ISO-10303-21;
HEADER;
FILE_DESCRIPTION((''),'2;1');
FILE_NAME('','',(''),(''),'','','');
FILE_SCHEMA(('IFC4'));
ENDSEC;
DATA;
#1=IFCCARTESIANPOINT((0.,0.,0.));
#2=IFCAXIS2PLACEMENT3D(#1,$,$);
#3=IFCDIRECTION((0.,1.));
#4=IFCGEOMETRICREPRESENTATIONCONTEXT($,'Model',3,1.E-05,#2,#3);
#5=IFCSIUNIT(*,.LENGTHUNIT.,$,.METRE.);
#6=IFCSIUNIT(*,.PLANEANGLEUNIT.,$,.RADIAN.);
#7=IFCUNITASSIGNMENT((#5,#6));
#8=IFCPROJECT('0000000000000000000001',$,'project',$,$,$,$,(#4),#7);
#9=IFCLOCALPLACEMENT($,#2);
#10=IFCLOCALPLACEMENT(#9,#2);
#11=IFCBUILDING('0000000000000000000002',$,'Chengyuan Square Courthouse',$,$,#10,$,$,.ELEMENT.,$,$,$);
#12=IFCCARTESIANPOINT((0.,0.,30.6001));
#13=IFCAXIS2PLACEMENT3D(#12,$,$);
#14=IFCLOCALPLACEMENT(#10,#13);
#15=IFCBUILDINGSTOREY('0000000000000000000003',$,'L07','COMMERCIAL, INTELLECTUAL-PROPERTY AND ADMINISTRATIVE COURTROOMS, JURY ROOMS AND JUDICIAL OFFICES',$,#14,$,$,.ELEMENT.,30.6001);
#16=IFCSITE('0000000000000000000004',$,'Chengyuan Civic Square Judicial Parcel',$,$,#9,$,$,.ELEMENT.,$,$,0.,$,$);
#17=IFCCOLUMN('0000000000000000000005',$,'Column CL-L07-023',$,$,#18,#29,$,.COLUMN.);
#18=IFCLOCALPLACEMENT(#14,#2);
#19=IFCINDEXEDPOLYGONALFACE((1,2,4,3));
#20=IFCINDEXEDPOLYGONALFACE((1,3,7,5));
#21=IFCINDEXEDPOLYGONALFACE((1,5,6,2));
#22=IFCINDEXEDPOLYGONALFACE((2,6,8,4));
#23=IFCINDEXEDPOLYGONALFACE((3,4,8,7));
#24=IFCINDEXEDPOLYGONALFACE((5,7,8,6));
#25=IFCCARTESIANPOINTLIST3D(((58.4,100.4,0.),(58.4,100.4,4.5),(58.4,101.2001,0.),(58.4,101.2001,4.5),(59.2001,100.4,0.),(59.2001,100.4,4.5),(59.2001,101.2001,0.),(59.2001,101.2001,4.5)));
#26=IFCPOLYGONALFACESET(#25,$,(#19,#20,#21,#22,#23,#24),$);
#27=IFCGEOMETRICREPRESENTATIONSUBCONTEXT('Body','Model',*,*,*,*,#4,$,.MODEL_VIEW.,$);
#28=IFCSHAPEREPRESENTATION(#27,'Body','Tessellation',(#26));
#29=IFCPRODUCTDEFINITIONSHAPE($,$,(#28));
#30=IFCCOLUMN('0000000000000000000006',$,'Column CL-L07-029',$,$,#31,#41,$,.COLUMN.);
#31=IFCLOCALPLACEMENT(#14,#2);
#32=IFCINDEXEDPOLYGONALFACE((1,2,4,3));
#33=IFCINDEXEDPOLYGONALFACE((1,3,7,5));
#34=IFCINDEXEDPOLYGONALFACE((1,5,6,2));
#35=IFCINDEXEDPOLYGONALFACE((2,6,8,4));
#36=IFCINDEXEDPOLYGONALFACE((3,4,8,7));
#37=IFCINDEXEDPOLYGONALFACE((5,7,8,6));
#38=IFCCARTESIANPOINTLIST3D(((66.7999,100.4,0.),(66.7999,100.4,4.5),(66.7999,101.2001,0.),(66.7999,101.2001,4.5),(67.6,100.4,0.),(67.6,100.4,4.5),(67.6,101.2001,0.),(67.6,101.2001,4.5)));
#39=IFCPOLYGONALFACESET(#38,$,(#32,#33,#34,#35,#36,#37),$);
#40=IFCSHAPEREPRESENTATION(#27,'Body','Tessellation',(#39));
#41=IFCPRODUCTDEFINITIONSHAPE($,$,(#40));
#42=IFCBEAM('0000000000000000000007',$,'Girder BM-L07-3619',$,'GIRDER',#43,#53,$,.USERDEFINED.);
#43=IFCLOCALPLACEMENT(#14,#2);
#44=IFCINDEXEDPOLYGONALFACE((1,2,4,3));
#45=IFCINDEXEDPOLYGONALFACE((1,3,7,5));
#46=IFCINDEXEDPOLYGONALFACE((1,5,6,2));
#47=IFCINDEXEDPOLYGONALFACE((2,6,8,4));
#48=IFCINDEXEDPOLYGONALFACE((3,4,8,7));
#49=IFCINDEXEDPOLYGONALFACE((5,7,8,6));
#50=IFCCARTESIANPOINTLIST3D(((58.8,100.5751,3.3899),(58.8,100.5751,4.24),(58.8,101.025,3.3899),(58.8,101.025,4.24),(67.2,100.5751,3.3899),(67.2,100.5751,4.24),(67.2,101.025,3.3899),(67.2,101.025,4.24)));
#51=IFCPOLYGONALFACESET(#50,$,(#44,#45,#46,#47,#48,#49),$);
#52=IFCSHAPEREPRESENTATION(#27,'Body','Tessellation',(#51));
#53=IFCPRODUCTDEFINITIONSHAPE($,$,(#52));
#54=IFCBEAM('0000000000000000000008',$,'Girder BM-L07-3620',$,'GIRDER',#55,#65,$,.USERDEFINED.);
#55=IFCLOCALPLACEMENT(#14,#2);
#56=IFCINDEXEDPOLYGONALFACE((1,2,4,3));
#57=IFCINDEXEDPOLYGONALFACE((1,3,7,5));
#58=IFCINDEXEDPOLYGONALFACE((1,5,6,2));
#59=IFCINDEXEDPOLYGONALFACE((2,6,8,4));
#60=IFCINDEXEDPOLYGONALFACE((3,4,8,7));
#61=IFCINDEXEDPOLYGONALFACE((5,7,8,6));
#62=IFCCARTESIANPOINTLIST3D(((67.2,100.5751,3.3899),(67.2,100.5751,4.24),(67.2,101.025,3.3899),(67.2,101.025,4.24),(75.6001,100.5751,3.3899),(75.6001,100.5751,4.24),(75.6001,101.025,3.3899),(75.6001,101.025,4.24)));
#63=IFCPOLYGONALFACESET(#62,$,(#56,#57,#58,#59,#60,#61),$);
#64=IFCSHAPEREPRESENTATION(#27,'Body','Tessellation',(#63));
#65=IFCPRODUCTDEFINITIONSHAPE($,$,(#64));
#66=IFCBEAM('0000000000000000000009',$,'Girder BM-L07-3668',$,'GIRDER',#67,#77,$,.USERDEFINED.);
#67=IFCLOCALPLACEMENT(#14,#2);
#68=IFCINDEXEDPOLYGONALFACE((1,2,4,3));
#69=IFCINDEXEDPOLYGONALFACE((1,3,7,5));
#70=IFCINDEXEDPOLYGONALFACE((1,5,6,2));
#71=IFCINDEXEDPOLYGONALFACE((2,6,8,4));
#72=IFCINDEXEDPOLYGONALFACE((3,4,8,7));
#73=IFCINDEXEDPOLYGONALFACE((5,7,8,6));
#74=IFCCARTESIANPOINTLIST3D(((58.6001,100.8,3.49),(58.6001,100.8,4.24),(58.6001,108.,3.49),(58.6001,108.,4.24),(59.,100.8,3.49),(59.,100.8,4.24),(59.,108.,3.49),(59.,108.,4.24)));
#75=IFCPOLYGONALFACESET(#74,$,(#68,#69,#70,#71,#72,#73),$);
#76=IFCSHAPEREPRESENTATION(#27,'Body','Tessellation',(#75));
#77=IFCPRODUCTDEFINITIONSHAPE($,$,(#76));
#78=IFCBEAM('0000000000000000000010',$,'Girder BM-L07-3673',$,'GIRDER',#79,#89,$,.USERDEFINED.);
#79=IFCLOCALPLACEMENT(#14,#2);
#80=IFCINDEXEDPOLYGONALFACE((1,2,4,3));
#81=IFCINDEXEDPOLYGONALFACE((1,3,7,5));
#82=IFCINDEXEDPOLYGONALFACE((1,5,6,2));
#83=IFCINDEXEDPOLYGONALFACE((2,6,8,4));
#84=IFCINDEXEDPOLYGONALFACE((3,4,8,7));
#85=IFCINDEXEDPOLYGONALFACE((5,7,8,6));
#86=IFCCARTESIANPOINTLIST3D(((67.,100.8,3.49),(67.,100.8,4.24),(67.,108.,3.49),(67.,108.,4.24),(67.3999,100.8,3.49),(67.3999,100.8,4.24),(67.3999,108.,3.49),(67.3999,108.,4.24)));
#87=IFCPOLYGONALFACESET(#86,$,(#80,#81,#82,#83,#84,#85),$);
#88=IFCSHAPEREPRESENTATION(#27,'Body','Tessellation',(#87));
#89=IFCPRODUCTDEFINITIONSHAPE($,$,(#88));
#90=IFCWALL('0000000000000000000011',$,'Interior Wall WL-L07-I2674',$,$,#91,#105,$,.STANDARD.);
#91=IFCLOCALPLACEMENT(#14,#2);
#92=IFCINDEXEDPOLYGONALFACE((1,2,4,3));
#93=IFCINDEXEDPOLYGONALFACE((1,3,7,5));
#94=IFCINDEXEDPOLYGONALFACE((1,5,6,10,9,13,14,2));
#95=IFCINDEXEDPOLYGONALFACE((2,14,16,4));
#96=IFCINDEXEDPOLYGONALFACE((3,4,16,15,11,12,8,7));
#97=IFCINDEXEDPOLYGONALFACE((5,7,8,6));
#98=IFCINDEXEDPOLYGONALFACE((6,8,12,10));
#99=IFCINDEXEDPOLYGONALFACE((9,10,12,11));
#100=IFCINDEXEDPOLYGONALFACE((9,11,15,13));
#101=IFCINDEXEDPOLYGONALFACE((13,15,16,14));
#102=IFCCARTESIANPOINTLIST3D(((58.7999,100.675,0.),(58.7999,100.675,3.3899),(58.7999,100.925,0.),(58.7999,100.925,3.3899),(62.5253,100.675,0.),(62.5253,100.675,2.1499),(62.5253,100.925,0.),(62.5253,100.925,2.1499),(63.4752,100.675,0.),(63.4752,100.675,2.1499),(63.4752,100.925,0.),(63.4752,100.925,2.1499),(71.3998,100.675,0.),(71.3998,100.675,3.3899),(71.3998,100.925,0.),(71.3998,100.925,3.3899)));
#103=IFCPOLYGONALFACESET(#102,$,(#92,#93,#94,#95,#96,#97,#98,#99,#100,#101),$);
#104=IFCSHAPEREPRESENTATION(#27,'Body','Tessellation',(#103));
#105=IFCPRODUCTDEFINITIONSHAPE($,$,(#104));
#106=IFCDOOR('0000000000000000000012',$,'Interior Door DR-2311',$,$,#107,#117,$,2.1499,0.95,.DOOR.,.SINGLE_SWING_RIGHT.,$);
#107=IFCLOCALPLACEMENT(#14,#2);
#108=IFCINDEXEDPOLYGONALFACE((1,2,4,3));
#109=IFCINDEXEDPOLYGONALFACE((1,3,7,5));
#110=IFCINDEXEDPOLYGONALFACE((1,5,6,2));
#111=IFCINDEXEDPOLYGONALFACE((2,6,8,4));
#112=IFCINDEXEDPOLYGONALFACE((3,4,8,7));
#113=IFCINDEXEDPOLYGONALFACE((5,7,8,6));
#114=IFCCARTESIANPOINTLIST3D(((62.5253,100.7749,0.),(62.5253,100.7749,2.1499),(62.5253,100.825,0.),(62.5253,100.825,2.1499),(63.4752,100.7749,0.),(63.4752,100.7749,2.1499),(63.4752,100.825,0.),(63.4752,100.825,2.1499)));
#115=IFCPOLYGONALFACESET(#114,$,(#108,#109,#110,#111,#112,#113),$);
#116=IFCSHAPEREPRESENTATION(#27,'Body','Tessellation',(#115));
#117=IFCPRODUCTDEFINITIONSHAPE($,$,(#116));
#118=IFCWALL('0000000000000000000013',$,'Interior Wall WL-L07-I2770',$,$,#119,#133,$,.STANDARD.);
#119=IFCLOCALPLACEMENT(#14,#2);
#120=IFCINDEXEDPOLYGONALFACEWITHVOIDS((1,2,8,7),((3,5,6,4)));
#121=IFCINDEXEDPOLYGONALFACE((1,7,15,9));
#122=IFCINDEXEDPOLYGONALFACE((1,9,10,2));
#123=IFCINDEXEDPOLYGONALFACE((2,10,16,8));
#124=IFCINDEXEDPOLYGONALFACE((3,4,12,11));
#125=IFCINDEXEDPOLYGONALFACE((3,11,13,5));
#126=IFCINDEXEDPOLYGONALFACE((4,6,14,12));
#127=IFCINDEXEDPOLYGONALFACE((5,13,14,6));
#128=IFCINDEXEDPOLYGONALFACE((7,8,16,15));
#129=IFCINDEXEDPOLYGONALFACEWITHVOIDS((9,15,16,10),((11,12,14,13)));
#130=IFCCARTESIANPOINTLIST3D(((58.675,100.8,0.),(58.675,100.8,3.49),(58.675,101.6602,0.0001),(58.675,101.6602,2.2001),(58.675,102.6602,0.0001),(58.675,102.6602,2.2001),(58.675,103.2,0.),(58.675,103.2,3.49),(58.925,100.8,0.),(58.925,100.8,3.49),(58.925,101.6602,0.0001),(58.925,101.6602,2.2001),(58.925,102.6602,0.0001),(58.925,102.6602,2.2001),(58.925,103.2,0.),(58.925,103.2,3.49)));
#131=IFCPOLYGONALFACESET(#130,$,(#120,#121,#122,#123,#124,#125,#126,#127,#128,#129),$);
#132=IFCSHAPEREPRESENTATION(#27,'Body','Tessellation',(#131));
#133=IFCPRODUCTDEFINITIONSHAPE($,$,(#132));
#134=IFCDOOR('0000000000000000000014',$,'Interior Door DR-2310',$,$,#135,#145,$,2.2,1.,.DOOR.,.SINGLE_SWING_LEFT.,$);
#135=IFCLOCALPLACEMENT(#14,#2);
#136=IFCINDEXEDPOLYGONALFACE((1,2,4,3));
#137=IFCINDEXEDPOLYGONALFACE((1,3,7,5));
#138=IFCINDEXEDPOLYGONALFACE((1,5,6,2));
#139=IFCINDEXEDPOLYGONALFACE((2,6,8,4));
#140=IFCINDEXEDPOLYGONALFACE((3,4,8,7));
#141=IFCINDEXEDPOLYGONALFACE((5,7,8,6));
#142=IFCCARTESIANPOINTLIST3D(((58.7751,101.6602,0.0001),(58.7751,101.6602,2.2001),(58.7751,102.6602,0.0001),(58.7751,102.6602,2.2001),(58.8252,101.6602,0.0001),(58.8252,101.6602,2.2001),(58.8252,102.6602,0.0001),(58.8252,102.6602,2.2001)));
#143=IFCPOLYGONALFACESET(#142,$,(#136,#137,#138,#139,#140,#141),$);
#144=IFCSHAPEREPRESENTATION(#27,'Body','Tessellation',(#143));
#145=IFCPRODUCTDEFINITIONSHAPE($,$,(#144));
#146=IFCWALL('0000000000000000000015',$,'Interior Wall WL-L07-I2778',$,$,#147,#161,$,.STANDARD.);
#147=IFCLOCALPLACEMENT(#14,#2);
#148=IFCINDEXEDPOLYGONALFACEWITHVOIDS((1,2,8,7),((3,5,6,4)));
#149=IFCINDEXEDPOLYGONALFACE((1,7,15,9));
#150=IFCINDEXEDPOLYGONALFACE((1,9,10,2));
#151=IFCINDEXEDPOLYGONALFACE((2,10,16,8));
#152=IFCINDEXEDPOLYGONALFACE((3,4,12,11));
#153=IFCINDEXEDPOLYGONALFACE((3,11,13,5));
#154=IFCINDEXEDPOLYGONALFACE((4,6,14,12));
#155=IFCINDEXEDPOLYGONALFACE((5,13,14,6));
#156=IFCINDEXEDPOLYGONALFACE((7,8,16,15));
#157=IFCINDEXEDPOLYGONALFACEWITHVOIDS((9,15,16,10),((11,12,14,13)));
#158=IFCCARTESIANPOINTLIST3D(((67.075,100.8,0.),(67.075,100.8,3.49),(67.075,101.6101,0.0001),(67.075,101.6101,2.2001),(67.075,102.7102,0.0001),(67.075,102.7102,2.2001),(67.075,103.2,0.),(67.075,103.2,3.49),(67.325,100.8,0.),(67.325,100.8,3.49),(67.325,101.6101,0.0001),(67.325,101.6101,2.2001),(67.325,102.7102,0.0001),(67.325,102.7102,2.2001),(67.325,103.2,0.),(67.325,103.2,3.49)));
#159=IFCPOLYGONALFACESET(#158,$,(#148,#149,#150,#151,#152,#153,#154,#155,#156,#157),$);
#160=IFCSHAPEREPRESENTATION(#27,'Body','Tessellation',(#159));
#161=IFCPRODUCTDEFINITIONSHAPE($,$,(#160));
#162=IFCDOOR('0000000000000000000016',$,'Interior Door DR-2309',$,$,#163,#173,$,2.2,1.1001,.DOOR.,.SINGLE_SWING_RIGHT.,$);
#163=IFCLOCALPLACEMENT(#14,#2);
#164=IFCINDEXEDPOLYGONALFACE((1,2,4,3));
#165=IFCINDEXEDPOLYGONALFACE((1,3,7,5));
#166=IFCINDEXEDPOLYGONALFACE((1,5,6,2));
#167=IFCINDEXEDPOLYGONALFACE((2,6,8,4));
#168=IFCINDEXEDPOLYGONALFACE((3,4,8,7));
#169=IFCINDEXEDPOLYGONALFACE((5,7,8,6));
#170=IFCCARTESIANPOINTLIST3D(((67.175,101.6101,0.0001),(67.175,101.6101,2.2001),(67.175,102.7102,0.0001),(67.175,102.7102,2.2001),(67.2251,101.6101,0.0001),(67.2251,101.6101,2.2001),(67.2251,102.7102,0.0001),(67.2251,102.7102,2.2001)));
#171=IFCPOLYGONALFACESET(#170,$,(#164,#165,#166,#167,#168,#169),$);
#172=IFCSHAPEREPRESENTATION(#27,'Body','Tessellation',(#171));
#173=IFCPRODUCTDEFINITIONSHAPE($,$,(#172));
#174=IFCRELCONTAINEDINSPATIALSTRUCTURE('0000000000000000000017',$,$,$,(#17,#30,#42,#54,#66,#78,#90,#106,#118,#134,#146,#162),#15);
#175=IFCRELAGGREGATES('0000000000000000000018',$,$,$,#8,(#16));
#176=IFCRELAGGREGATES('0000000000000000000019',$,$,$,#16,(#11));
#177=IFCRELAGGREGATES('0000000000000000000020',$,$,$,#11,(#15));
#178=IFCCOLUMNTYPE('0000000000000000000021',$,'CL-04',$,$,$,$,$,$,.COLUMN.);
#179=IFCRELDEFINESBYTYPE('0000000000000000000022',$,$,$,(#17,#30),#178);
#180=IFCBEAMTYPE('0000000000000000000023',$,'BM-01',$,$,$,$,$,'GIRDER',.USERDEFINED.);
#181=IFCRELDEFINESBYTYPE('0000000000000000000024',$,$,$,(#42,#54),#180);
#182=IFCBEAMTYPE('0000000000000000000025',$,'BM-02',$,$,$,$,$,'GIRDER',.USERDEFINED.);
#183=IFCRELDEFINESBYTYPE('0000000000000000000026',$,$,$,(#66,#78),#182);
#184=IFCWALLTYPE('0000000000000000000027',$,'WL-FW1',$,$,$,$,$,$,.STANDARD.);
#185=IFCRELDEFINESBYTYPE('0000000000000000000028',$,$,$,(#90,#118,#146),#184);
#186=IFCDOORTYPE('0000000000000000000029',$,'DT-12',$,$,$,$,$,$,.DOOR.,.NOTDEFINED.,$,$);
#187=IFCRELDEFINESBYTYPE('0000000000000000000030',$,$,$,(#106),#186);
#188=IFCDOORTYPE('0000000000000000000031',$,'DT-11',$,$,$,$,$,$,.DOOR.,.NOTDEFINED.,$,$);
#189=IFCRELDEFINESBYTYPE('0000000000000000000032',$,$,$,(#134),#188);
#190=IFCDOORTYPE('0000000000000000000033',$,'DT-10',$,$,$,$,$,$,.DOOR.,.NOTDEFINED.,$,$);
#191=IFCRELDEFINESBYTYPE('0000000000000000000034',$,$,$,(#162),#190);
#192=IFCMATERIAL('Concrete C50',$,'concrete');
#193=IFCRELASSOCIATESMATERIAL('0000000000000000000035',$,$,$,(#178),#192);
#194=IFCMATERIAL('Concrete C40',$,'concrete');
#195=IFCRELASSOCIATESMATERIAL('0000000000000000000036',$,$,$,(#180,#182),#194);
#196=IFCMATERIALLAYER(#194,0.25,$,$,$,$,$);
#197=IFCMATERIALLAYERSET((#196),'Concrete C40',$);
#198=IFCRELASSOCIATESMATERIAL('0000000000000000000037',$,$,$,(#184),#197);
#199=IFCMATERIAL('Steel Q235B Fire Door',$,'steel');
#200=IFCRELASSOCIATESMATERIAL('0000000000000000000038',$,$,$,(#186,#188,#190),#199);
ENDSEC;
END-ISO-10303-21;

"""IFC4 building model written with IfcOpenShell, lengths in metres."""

from ifc_helpers import new_model, si_unit, direction, frame, frame_2d, origin, origin_2d, place, context, subcontext, project, spatial, rectangle, extrude, material, layer, layer_set, material_profile, profile_set, type_object, element, fill, save


model = new_model("IFC4")

# Units and contexts
model_context = context("Model", 3, precision=1e-05, world=origin(), true_north=direction((0.0, 1.0)))
body_context = subcontext(model_context, "Body", "Model", "MODEL_VIEW")
ifc_project = project(units=[si_unit("LENGTHUNIT", "METRE"), si_unit("PLANEANGLEUNIT", "RADIAN")], contexts=[model_context])

# Site, building, storey
site_placement = place(None, origin())
site = spatial("IfcSite", under=ifc_project, at=site_placement, Name="Chengyuan Civic Square Judicial Parcel", CompositionType="ELEMENT", RefElevation=0.0)
building_placement = place(site_placement, origin())
building = spatial("IfcBuilding", under=site, at=building_placement, Name="Chengyuan Square Courthouse", CompositionType="ELEMENT")
storey_placement = place(building_placement, frame((0.0, 0.0, 30.6001)))
storey = spatial("IfcBuildingStorey", under=building, at=storey_placement, Name="L07", Description="COMMERCIAL, INTELLECTUAL-PROPERTY AND ADMINISTRATIVE COURTROOMS, JURY ROOMS AND JUDICIAL OFFICES", CompositionType="ELEMENT", Elevation=30.6001)

# Columns
ifc_material_1 = material(Name="Concrete C50", Category="concrete")
ifc_material_profile_1 = material_profile(ifc_material_1, rectangle(XDim=0.8, YDim=0.8, at=origin_2d()), Name="RC-COL-800x800")
ifc_profile_set_1 = profile_set([ifc_material_profile_1], Name="Concrete C50")
column_type = type_object("IfcColumnType", Name="CL-04", PredefinedType="COLUMN", material=ifc_profile_set_1)
for number, where, z_axis, x_axis, name in (
    (1, (58.8, 100.8, 0.0), (0.0, 0.0, 1.0), (1.0, 0.0, 0.0), "Column CL-L07-023"),
    (2, (67.2, 100.8, 0.0), (0.0, 0.0, 1.0), (1.0, 0.0, 0.0), "Column CL-L07-029"),
):
    element("IfcColumn", number, at=place(storey_placement, frame(where, z_axis=z_axis, x_axis=x_axis)), inside=storey, type_object=column_type, Name=name, PredefinedType="COLUMN", context=body_context, shape_type="SweptSolid", body=[
        extrude(rectangle(XDim=0.8, YDim=0.8, at=origin_2d()), origin(), (0.0, 0.0, 1.0), 4.5),
    ])

# Beams
ifc_material_2 = material(Name="Concrete C40", Category="concrete")
ifc_material_profile_2 = material_profile(ifc_material_2, rectangle(XDim=0.45, YDim=0.8501, at=origin_2d()), Name="RC-BM-450x850")
ifc_profile_set_2 = profile_set([ifc_material_profile_2], Name="Concrete C40")
beam_type_1 = type_object("IfcBeamType", Name="BM-01", ElementType="GIRDER", PredefinedType="USERDEFINED", material=ifc_profile_set_2)
beam_1_placement = place(storey_placement, frame((58.8, 100.8, 3.8149), z_axis=(1.0, 0.0, 0.0), x_axis=(0.0, 1.0, 0.0)))
element("IfcBeam", 3, at=beam_1_placement, inside=storey, type_object=beam_type_1, Name="Girder BM-L07-3619", ObjectType="GIRDER", PredefinedType="USERDEFINED", context=body_context, shape_type="SweptSolid", body=[
    extrude(rectangle(XDim=0.45, YDim=0.8501, at=origin_2d()), origin(), (0.0, 0.0, 1.0), 8.3999),
])
beam_2_placement = place(storey_placement, frame((67.2, 100.8, 3.8149), z_axis=(1.0, 0.0, 0.0), x_axis=(0.0, 1.0, 0.0)))
element("IfcBeam", 4, at=beam_2_placement, inside=storey, type_object=beam_type_1, Name="Girder BM-L07-3620", ObjectType="GIRDER", PredefinedType="USERDEFINED", context=body_context, shape_type="SweptSolid", body=[
    extrude(rectangle(XDim=0.45, YDim=0.8501, at=origin_2d()), origin(), (0.0, 0.0, 1.0), 8.4001),
])
ifc_material_profile_3 = material_profile(ifc_material_2, rectangle(XDim=0.3999, YDim=0.75, at=origin_2d()), Name="RC-BM-400x750")
ifc_profile_set_3 = profile_set([ifc_material_profile_3], Name="Concrete C40")
beam_type_2 = type_object("IfcBeamType", Name="BM-02", ElementType="GIRDER", PredefinedType="USERDEFINED", material=ifc_profile_set_3)
for number, where, z_axis, x_axis, name in (
    (5, (58.8, 100.8, 3.865), (0.0, 1.0, 0.0), (-1.0, 0.0, 0.0), "Girder BM-L07-3668"),
    (6, (67.2, 100.8, 3.865), (0.0, 1.0, 0.0), (-1.0, 0.0, 0.0), "Girder BM-L07-3673"),
):
    element("IfcBeam", number, at=place(storey_placement, frame(where, z_axis=z_axis, x_axis=x_axis)), inside=storey, type_object=beam_type_2, Name=name, ObjectType="GIRDER", PredefinedType="USERDEFINED", context=body_context, shape_type="SweptSolid", body=[
        extrude(rectangle(XDim=0.3999, YDim=0.75, at=origin_2d()), origin(), (0.0, 0.0, 1.0), 7.2),
    ])

# Walls, openings, doors
ifc_layer_1 = layer(ifc_material_2, 0.25)
ifc_layer_set_1 = layer_set([ifc_layer_1], Name="Concrete C40")
wall_type_1 = type_object("IfcWallType", Name="WL-FW1", PredefinedType="STANDARD", material=ifc_layer_set_1)
wall_1_placement = place(storey_placement, frame((58.8, 100.8, 0.0), z_axis=(0.0, 0.0, 1.0), x_axis=(1.0, 0.0, 0.0)))
wall_1 = element("IfcWall", 7, at=wall_1_placement, inside=storey, type_object=wall_type_1, Name="Interior Wall WL-L07-I2674", PredefinedType="STANDARD", context=body_context, shape_type="SweptSolid", body=[
    extrude(rectangle(XDim=12.5999, YDim=0.25, at=frame_2d((6.2998, 0.0))), origin(), (0.0, 0.0, 1.0), 3.3899),
])
opening_1_placement = place(wall_1_placement, frame((3.7251, 0.0, 0.0)))
opening_1 = element("IfcOpeningElement", 8, at=opening_1_placement, cuts=wall_1, PredefinedType="OPENING", context=body_context, shape_type="SweptSolid", body=[
    extrude(rectangle(XDim=0.95, YDim=2.1499, at=frame_2d((0.4751, 1.075))), frame((0.0, 0.137, 0.0), z_axis=(0.0, -1.0, 0.0), x_axis=(1.0, 0.0, 0.0)), (0.0, 0.0, 1.0), 0.2739),
])
ifc_material_3 = material(Name="Steel Q235B Fire Door", Category="steel")
door_type_1 = type_object("IfcDoorType", Name="DT-12", OperationType="NOTDEFINED", PredefinedType="DOOR", material=ifc_material_3)
door_1_placement = place(opening_1_placement, origin())
door_1 = element("IfcDoor", 9, at=door_1_placement, inside=storey, type_object=door_type_1, Name="Interior Door DR-2311", OperationType="SINGLE_SWING_RIGHT", OverallHeight=2.1499, OverallWidth=0.95, PredefinedType="DOOR", context=body_context, shape_type="SweptSolid", body=[
    extrude(rectangle(XDim=0.95, YDim=2.1499, at=frame_2d((0.4751, 1.075))), frame((0.0, 0.0249, 0.0), z_axis=(0.0, -1.0, 0.0), x_axis=(1.0, 0.0, 0.0)), (0.0, 0.0, 1.0), 0.05),
])
fill(opening_1, door_1)
wall_2_placement = place(storey_placement, frame((58.8, 100.8, 0.0), z_axis=(0.0, 0.0, 1.0), x_axis=(0.0, 1.0, 0.0)))
wall_2 = element("IfcWall", 10, at=wall_2_placement, inside=storey, type_object=wall_type_1, Name="Interior Wall WL-L07-I2770", PredefinedType="STANDARD", context=body_context, shape_type="SweptSolid", body=[
    extrude(rectangle(XDim=2.3999, YDim=0.25, at=frame_2d((1.2, 0.0))), origin(), (0.0, 0.0, 1.0), 3.49),
])
opening_2_placement = place(wall_2_placement, frame((0.8601, 0.0, 0.0)))
opening_2 = element("IfcOpeningElement", 11, at=opening_2_placement, cuts=wall_2, PredefinedType="OPENING", context=body_context, shape_type="SweptSolid", body=[
    extrude(rectangle(XDim=1.0, YDim=2.2, at=frame_2d((0.5, 1.1001))), frame((0.0, 0.137, 0.0), z_axis=(0.0, -1.0, 0.0), x_axis=(1.0, 0.0, 0.0)), (0.0, 0.0, 1.0), 0.2739),
])
door_type_2 = type_object("IfcDoorType", Name="DT-11", OperationType="NOTDEFINED", PredefinedType="DOOR", material=ifc_material_3)
door_2_placement = place(opening_2_placement, origin())
door_2 = element("IfcDoor", 12, at=door_2_placement, inside=storey, type_object=door_type_2, Name="Interior Door DR-2310", OperationType="SINGLE_SWING_LEFT", OverallHeight=2.2, OverallWidth=1.0, PredefinedType="DOOR", context=body_context, shape_type="SweptSolid", body=[
    extrude(rectangle(XDim=1.0, YDim=2.2, at=frame_2d((0.5, 1.1001))), frame((0.0, 0.0249, 0.0), z_axis=(0.0, -1.0, 0.0), x_axis=(1.0, 0.0, 0.0)), (0.0, 0.0, 1.0), 0.05),
])
fill(opening_2, door_2)
wall_3_placement = place(storey_placement, frame((67.2, 100.8, 0.0), z_axis=(0.0, 0.0, 1.0), x_axis=(0.0, 1.0, 0.0)))
wall_3 = element("IfcWall", 13, at=wall_3_placement, inside=storey, type_object=wall_type_1, Name="Interior Wall WL-L07-I2778", PredefinedType="STANDARD", context=body_context, shape_type="SweptSolid", body=[
    extrude(rectangle(XDim=2.3999, YDim=0.25, at=frame_2d((1.2, 0.0))), origin(), (0.0, 0.0, 1.0), 3.49),
])
opening_3_placement = place(wall_3_placement, frame((0.8101, 0.0, 0.0)))
opening_3 = element("IfcOpeningElement", 14, at=opening_3_placement, cuts=wall_3, PredefinedType="OPENING", context=body_context, shape_type="SweptSolid", body=[
    extrude(rectangle(XDim=1.1001, YDim=2.2, at=frame_2d((0.55, 1.1001))), frame((0.0, 0.137, 0.0), z_axis=(0.0, -1.0, 0.0), x_axis=(1.0, 0.0, 0.0)), (0.0, 0.0, 1.0), 0.2739),
])
door_type_3 = type_object("IfcDoorType", Name="DT-10", OperationType="NOTDEFINED", PredefinedType="DOOR", material=ifc_material_3)
door_3_placement = place(opening_3_placement, origin())
door_3 = element("IfcDoor", 15, at=door_3_placement, inside=storey, type_object=door_type_3, Name="Interior Door DR-2309", OperationType="SINGLE_SWING_RIGHT", OverallHeight=2.2, OverallWidth=1.1001, PredefinedType="DOOR", context=body_context, shape_type="SweptSolid", body=[
    extrude(rectangle(XDim=1.1001, YDim=2.2, at=frame_2d((0.55, 1.1001))), frame((0.0, 0.0249, 0.0), z_axis=(0.0, -1.0, 0.0), x_axis=(1.0, 0.0, 0.0)), (0.0, 0.0, 1.0), 0.05),
])
fill(opening_3, door_3)

save(model, "model.ifc")
